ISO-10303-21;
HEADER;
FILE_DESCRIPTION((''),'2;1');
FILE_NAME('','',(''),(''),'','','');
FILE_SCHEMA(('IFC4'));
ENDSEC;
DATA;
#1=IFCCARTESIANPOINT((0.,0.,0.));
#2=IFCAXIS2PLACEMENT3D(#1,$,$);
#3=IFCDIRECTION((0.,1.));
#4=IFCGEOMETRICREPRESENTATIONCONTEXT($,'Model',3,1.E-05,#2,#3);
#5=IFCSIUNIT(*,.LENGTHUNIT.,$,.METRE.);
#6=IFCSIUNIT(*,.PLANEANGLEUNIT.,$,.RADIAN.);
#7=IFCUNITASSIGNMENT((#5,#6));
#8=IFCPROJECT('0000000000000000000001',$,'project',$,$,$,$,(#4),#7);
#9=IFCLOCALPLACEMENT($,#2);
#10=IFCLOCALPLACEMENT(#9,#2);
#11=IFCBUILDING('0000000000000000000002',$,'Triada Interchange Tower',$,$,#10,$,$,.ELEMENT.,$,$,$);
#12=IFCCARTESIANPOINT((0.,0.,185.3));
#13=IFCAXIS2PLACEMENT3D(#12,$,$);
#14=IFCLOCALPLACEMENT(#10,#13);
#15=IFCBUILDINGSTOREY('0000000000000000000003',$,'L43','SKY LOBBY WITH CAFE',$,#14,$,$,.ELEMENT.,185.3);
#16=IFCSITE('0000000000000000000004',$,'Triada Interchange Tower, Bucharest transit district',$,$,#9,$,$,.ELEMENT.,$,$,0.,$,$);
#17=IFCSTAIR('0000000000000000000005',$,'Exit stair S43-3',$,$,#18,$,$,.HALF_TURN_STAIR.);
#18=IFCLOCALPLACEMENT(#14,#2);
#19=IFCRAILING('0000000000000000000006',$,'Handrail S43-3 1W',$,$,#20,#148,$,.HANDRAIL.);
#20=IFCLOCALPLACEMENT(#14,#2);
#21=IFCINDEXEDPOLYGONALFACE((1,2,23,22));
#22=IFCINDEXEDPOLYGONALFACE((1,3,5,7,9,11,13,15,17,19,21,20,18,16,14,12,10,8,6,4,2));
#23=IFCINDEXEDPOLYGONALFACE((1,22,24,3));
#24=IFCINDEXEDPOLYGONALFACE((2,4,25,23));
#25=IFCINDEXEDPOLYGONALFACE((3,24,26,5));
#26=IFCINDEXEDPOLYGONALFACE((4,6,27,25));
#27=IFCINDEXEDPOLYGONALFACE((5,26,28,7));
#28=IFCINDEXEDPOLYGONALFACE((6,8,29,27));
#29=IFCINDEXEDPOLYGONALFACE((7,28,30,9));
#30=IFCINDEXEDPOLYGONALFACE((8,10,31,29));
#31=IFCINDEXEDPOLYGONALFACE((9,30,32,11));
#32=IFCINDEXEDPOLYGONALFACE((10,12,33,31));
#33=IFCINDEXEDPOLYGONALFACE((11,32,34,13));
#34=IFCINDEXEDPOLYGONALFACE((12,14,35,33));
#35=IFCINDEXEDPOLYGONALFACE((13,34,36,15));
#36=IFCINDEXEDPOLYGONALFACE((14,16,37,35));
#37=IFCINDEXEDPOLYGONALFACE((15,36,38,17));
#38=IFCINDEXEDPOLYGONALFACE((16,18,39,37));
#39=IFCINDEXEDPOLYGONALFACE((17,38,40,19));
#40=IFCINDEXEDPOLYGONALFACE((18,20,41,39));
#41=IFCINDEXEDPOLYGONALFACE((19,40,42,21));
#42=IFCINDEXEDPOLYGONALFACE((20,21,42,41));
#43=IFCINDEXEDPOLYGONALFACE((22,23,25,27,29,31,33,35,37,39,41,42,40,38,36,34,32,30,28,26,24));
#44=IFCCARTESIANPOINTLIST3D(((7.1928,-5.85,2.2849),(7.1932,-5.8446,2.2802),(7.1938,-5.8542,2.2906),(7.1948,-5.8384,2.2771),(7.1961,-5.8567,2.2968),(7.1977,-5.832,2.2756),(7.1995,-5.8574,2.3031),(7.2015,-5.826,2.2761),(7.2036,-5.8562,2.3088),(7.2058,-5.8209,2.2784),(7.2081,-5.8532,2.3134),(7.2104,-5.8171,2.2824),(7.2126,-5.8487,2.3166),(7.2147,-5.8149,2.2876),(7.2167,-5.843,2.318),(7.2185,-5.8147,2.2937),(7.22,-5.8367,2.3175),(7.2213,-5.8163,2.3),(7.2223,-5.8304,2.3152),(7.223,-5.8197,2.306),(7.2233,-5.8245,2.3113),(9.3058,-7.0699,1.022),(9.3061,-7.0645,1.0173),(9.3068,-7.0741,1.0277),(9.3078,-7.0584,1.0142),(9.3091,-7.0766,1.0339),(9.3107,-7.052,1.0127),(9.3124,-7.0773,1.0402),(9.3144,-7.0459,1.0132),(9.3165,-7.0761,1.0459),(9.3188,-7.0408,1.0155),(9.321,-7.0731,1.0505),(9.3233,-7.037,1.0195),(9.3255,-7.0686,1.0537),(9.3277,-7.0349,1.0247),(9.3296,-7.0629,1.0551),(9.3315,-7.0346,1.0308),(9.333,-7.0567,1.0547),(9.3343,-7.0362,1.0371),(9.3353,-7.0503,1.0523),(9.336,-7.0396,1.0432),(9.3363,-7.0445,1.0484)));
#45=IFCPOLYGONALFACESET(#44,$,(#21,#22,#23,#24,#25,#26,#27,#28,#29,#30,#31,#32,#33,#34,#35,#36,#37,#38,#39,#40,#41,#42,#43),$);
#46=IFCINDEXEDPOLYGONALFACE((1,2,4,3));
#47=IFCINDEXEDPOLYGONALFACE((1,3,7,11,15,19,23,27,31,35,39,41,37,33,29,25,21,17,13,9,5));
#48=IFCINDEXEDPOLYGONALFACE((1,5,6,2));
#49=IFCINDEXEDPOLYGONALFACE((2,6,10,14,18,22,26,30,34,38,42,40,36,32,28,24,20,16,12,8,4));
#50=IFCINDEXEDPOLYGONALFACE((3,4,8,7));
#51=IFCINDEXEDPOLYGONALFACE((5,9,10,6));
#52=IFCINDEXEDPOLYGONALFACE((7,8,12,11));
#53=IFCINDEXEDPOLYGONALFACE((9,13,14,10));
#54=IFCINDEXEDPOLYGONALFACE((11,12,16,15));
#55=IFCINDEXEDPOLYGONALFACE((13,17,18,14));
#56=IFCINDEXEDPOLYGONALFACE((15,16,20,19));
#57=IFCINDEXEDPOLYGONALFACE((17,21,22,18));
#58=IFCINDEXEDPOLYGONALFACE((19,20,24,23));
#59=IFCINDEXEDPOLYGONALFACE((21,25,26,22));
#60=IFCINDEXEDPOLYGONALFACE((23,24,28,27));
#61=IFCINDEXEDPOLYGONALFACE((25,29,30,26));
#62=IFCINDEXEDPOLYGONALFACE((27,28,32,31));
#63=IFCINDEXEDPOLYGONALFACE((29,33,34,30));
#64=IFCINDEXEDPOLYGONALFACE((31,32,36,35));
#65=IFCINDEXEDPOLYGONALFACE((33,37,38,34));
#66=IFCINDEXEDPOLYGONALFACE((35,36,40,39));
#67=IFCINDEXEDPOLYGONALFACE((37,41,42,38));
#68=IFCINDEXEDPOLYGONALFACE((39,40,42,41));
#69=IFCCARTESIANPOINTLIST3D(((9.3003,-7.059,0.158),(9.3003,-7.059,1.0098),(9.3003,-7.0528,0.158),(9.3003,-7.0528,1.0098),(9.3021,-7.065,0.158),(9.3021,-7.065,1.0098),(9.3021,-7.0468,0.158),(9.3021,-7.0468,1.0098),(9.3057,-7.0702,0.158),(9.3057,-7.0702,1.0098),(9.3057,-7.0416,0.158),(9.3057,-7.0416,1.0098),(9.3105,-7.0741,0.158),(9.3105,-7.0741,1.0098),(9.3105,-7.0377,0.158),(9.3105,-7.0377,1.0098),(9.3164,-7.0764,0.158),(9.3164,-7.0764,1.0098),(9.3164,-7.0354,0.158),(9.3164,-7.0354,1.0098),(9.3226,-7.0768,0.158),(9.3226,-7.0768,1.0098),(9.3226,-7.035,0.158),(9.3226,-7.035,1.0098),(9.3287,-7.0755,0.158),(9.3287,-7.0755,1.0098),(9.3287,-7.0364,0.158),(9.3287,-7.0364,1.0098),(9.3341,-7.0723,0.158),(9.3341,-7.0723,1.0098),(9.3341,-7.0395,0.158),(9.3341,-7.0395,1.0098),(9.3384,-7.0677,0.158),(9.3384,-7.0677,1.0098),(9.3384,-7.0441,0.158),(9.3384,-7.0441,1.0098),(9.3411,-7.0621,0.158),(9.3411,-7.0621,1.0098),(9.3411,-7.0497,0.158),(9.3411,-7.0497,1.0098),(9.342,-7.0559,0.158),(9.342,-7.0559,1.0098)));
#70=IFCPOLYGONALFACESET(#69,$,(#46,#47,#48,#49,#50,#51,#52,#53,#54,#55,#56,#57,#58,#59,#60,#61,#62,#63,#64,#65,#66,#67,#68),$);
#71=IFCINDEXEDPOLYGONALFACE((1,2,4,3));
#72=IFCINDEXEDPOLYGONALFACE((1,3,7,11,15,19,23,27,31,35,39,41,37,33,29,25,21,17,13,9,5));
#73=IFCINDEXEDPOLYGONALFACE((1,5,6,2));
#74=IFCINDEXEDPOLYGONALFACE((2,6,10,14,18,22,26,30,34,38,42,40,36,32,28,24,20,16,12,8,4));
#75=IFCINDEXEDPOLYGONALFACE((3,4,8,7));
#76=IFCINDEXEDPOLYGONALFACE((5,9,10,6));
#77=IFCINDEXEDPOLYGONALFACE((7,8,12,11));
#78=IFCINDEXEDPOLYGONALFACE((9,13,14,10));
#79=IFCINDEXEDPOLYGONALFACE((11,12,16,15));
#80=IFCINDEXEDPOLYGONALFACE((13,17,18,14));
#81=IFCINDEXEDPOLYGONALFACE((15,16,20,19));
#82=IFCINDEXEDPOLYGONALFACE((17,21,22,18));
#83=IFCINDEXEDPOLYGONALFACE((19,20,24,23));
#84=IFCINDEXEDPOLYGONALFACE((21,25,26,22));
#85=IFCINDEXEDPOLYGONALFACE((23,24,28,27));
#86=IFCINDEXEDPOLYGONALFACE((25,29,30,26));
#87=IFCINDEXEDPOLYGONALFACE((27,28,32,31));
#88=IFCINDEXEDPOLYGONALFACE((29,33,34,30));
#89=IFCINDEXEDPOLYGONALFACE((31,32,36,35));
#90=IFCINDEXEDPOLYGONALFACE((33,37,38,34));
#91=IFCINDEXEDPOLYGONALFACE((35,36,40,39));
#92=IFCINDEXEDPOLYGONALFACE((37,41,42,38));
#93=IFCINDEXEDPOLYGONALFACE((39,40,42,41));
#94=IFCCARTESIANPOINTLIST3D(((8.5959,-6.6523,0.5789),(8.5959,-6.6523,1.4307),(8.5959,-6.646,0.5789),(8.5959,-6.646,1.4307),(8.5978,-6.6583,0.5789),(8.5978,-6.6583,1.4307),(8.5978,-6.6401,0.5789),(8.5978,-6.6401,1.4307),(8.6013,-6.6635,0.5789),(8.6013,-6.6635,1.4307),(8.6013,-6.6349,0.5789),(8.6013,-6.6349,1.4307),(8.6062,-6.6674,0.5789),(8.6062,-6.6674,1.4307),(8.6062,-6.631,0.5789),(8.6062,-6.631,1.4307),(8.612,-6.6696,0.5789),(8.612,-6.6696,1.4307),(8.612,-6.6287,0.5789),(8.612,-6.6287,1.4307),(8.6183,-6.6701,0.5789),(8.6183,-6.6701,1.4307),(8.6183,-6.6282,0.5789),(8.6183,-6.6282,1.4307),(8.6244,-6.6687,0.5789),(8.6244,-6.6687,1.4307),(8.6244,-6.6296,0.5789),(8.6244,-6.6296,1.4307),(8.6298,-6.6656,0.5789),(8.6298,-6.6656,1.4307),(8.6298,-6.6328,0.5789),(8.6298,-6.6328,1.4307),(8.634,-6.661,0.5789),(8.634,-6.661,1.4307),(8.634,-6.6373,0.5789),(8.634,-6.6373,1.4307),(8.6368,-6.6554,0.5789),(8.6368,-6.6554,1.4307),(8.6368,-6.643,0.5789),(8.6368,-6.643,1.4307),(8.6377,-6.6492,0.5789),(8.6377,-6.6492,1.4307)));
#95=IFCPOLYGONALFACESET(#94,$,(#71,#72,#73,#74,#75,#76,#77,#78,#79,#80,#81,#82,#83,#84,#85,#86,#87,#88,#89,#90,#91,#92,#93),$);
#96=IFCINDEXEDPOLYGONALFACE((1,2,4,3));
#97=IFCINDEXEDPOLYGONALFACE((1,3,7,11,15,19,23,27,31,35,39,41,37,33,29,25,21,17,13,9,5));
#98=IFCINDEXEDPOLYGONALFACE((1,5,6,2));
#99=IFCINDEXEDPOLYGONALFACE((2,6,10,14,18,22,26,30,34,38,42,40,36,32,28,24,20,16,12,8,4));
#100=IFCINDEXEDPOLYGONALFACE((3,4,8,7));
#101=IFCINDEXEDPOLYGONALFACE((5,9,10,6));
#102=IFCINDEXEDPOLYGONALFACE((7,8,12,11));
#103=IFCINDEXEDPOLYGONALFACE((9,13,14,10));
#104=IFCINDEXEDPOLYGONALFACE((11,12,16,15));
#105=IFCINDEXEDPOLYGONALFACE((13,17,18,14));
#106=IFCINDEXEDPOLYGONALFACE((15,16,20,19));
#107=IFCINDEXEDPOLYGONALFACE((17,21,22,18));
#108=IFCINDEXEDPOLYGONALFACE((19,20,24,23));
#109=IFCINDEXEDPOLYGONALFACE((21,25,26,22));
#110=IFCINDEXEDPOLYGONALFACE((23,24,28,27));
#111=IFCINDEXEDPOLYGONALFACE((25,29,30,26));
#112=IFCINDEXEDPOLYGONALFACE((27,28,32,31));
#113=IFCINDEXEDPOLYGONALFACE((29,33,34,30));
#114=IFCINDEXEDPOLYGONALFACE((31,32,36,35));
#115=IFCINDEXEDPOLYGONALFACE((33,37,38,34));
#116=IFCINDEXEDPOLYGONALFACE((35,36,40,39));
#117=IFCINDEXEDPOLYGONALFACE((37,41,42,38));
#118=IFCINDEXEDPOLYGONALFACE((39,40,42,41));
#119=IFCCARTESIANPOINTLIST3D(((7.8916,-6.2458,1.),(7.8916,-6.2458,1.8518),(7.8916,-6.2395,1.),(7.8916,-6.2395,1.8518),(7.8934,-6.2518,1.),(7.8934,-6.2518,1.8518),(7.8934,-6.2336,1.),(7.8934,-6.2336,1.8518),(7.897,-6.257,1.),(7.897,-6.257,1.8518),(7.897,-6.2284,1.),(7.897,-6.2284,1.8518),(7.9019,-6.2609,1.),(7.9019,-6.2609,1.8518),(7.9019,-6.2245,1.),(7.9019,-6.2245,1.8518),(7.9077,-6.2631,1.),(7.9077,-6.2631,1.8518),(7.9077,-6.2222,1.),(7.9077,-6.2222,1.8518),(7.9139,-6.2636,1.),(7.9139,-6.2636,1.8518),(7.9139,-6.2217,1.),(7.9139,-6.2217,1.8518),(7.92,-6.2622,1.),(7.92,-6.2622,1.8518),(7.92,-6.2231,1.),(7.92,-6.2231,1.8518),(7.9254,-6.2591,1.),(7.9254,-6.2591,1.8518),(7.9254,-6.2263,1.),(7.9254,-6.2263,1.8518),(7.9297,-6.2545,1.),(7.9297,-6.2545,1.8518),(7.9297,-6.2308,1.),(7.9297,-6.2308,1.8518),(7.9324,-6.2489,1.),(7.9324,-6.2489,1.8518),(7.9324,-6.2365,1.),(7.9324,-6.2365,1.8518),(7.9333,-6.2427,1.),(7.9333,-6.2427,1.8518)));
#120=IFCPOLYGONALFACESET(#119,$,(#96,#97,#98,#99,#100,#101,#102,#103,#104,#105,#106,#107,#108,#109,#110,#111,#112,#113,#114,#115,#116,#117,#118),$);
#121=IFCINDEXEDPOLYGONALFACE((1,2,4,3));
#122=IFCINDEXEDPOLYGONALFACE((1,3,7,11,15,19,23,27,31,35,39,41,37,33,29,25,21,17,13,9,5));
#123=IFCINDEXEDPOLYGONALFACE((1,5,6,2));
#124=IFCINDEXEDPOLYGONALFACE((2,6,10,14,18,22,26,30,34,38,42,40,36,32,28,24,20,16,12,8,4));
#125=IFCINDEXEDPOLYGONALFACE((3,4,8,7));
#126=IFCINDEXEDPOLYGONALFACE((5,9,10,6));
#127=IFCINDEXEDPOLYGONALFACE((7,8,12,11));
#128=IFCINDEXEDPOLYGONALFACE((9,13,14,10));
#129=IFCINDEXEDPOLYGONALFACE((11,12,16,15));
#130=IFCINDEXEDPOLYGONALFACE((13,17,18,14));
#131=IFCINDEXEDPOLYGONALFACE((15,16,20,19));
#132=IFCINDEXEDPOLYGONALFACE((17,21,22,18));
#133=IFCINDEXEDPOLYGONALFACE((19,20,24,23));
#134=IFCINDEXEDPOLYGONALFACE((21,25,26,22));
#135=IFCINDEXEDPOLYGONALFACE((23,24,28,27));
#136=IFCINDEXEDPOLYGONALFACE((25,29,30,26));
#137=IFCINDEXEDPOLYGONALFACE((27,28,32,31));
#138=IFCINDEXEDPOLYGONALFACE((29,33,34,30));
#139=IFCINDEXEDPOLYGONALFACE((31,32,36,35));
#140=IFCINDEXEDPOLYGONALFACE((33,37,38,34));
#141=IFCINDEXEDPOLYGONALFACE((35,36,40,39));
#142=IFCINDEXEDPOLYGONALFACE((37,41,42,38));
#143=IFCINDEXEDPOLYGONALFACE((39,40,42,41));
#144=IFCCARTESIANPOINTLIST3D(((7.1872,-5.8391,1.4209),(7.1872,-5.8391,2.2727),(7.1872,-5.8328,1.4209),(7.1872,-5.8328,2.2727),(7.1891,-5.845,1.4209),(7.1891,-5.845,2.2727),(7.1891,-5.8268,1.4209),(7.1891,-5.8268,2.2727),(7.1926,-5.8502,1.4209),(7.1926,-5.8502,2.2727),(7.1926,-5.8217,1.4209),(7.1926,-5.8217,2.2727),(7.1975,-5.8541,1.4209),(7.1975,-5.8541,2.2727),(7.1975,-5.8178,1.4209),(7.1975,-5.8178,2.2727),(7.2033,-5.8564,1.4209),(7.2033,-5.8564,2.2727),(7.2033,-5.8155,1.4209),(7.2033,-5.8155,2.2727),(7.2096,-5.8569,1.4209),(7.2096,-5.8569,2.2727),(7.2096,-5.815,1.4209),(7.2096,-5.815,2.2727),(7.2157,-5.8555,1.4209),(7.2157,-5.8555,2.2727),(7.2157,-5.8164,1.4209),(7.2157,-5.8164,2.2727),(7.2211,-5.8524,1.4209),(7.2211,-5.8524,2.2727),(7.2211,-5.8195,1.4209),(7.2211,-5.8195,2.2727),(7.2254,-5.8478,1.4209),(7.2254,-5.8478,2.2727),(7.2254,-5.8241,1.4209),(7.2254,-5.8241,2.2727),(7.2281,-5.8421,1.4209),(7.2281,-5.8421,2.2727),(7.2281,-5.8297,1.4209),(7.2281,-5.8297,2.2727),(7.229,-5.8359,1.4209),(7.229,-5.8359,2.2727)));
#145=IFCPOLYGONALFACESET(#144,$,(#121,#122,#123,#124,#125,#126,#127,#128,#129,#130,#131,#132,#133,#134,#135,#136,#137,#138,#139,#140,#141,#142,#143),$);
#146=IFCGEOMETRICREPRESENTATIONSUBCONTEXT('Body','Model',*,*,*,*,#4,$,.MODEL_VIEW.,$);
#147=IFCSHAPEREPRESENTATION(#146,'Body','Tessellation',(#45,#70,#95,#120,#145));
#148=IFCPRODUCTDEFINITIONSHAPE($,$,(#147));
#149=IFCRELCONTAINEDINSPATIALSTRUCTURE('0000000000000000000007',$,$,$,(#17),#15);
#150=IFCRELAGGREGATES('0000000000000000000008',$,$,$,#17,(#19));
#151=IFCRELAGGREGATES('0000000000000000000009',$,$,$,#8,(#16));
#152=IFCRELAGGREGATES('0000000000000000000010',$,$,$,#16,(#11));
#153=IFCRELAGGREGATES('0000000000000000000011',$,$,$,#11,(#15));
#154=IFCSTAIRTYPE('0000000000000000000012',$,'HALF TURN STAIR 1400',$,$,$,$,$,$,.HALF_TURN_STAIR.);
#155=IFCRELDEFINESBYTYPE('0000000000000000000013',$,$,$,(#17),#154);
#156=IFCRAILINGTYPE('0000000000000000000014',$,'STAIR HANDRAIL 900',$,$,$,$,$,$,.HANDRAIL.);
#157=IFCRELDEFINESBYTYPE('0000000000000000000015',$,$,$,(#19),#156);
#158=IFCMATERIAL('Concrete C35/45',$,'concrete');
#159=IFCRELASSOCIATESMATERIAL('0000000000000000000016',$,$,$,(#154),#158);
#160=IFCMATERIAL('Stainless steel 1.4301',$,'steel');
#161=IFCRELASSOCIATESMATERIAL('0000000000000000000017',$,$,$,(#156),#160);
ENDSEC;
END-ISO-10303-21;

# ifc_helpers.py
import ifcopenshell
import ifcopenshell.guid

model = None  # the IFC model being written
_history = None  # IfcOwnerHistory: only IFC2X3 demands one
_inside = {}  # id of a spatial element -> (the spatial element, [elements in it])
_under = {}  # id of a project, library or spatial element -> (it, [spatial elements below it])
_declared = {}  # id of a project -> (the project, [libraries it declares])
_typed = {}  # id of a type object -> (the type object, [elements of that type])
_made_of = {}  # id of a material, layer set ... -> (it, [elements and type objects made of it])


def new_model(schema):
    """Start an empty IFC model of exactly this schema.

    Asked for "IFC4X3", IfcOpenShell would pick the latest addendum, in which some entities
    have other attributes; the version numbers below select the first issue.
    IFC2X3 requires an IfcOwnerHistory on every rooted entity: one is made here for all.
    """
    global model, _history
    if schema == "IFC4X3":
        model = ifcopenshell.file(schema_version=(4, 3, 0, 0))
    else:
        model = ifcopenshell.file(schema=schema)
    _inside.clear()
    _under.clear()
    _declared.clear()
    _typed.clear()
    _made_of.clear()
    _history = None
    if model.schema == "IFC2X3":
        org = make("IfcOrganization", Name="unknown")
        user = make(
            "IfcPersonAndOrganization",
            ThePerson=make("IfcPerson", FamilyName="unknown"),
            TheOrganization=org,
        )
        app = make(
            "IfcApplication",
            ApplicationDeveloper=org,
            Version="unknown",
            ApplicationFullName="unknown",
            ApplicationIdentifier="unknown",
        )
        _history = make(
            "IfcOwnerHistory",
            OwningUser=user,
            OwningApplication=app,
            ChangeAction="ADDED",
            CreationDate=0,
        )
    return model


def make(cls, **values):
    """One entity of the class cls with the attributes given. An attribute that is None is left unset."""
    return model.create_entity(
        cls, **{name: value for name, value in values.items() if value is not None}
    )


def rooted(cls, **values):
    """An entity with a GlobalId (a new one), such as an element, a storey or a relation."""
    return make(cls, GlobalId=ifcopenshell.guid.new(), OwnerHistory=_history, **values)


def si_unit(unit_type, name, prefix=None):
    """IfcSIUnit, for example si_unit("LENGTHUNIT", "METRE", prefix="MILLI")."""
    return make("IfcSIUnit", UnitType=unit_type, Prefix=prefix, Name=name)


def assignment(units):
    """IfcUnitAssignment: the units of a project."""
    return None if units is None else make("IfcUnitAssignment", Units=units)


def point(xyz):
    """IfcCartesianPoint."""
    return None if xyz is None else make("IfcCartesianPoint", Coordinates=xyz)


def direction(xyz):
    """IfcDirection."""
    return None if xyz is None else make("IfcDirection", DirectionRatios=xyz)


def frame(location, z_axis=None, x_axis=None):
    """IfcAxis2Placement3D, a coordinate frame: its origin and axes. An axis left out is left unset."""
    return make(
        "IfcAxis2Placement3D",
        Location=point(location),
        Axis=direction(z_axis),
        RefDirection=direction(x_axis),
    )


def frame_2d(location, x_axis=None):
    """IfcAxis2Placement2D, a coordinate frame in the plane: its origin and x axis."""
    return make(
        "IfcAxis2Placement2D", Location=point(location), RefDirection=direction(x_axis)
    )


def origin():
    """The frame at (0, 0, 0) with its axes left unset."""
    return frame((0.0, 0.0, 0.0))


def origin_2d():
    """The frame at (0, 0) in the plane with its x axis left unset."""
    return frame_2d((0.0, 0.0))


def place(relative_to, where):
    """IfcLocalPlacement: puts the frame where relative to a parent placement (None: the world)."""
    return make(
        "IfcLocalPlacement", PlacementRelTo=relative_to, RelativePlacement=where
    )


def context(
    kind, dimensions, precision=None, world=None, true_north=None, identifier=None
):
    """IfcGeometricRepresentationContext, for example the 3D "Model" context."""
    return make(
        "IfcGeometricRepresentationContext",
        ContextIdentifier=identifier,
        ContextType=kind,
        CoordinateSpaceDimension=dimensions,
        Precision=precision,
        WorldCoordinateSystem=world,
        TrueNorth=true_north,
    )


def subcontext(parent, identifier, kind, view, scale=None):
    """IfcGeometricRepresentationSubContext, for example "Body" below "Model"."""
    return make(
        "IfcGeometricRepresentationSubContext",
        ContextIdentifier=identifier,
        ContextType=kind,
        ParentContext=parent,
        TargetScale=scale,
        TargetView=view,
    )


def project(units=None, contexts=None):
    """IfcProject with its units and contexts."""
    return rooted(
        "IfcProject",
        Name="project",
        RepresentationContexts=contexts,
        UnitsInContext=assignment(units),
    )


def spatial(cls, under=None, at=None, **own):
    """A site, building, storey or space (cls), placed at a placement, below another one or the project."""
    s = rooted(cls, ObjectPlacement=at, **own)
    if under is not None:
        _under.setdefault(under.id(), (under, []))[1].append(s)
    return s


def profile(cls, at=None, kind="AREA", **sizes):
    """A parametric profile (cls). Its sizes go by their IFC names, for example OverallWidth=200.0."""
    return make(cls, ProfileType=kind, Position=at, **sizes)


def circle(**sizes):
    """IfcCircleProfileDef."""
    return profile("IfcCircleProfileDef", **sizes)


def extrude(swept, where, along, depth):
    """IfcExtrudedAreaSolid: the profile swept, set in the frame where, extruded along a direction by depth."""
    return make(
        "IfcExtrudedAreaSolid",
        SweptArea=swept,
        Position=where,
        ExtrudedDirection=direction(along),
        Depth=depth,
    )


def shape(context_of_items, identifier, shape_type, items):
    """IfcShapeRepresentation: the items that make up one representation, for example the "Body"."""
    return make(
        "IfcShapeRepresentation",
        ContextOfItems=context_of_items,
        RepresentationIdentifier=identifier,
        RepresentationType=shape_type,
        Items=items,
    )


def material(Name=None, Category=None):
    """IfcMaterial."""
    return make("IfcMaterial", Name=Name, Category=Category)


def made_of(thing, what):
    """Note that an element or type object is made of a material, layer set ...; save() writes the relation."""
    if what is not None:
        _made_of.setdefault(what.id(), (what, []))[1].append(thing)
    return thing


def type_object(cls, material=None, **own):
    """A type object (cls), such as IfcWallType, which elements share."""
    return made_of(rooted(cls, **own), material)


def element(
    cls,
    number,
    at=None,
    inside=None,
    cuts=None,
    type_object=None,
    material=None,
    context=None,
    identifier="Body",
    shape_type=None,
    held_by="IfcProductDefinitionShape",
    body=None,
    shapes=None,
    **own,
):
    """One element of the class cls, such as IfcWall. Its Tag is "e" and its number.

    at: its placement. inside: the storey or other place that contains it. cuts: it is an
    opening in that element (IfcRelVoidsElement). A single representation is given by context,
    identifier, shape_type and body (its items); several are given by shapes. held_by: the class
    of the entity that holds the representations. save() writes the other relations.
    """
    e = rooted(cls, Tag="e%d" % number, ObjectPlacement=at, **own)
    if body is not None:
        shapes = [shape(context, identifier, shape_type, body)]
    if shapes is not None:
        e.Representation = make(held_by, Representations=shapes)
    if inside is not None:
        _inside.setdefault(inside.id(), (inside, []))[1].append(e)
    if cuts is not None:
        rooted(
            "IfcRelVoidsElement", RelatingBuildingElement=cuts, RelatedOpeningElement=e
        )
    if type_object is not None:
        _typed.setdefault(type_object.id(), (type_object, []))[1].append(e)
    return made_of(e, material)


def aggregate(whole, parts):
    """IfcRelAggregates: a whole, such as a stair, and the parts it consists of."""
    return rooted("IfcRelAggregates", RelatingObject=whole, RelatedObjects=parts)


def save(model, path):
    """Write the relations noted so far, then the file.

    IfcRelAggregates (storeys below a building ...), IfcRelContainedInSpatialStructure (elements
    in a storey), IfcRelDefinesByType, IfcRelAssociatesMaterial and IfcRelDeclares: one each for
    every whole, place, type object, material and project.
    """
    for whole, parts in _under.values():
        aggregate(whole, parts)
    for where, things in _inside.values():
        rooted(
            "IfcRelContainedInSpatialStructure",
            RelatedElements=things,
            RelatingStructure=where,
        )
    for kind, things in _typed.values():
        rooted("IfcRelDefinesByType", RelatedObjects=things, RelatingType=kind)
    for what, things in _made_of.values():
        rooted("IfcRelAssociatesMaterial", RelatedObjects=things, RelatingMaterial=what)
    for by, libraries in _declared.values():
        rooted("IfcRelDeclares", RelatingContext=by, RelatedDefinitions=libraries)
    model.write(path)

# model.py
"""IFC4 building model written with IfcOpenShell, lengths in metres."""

from ifc_helpers import new_model, si_unit, direction, frame, origin, origin_2d, place, context, subcontext, project, spatial, circle, extrude, material, type_object, element, aggregate, save


model = new_model("IFC4")

# Units and contexts
model_context = context("Model", 3, precision=1e-05, world=origin(), true_north=direction((0.0, 1.0)))
body_context = subcontext(model_context, "Body", "Model", "MODEL_VIEW")
ifc_project = project(units=[si_unit("LENGTHUNIT", "METRE"), si_unit("PLANEANGLEUNIT", "RADIAN")], contexts=[model_context])

# Site, building, storey
site_placement = place(None, origin())
site = spatial("IfcSite", under=ifc_project, at=site_placement, Name="Triada Interchange Tower, Bucharest transit district", CompositionType="ELEMENT", RefElevation=0.0)
building_placement = place(site_placement, origin())
building = spatial("IfcBuilding", under=site, at=building_placement, Name="Triada Interchange Tower", CompositionType="ELEMENT")
storey_placement = place(building_placement, frame((0.0, 0.0, 185.3)))
storey = spatial("IfcBuildingStorey", under=building, at=storey_placement, Name="L43", Description="SKY LOBBY WITH CAFE", CompositionType="ELEMENT", Elevation=185.3)

# Shared definitions
ifc_material_1 = material(Name="Concrete C35/45", Category="concrete")

# Stair
stair_type = type_object("IfcStairType", Name="HALF TURN STAIR 1400", PredefinedType="HALF_TURN_STAIR", material=ifc_material_1)
stair_placement = place(storey_placement, origin())
stair = element("IfcStair", 1, at=stair_placement, inside=storey, type_object=stair_type, Name="Exit stair S43-3", PredefinedType="HALF_TURN_STAIR")

# Railing
ifc_material_2 = material(Name="Stainless steel 1.4301", Category="steel")
railing_type_1 = type_object("IfcRailingType", Name="STAIR HANDRAIL 900", PredefinedType="HANDRAIL", material=ifc_material_2)
railing_1_placement = place(storey_placement, frame((9.321, -7.0559, 0.158)))
railing_1 = element("IfcRailing", 2, at=railing_1_placement, type_object=railing_type_1, Name="Handrail S43-3 1W", PredefinedType="HANDRAIL", context=body_context, shape_type="SweptSolid", body=[
    extrude(circle(Radius=0.0239, at=origin_2d()), frame((0.0, 0.0, 0.876), z_axis=(-0.769101, 0.444044, 0.459683), x_axis=(-0.500003, -0.866024, 0.0)), (0.0, 0.0, 1.0), 2.7473),
    extrude(circle(Radius=0.021, at=origin_2d()), origin(), (0.0, 0.0, 1.0), 0.8518),
    extrude(circle(Radius=0.021, at=origin_2d()), frame((-0.7043, 0.4067, 0.4209)), (0.0, 0.0, 1.0), 0.8518),
    extrude(circle(Radius=0.021, at=origin_2d()), frame((-1.4087, 0.8132, 0.842)), (0.0, 0.0, 1.0), 0.8518),
    extrude(circle(Radius=0.021, at=origin_2d()), frame((-2.113, 1.22, 1.2629)), (0.0, 0.0, 1.0), 0.8518),
])
aggregate(stair, [railing_1])

save(model, "model.ifc")
